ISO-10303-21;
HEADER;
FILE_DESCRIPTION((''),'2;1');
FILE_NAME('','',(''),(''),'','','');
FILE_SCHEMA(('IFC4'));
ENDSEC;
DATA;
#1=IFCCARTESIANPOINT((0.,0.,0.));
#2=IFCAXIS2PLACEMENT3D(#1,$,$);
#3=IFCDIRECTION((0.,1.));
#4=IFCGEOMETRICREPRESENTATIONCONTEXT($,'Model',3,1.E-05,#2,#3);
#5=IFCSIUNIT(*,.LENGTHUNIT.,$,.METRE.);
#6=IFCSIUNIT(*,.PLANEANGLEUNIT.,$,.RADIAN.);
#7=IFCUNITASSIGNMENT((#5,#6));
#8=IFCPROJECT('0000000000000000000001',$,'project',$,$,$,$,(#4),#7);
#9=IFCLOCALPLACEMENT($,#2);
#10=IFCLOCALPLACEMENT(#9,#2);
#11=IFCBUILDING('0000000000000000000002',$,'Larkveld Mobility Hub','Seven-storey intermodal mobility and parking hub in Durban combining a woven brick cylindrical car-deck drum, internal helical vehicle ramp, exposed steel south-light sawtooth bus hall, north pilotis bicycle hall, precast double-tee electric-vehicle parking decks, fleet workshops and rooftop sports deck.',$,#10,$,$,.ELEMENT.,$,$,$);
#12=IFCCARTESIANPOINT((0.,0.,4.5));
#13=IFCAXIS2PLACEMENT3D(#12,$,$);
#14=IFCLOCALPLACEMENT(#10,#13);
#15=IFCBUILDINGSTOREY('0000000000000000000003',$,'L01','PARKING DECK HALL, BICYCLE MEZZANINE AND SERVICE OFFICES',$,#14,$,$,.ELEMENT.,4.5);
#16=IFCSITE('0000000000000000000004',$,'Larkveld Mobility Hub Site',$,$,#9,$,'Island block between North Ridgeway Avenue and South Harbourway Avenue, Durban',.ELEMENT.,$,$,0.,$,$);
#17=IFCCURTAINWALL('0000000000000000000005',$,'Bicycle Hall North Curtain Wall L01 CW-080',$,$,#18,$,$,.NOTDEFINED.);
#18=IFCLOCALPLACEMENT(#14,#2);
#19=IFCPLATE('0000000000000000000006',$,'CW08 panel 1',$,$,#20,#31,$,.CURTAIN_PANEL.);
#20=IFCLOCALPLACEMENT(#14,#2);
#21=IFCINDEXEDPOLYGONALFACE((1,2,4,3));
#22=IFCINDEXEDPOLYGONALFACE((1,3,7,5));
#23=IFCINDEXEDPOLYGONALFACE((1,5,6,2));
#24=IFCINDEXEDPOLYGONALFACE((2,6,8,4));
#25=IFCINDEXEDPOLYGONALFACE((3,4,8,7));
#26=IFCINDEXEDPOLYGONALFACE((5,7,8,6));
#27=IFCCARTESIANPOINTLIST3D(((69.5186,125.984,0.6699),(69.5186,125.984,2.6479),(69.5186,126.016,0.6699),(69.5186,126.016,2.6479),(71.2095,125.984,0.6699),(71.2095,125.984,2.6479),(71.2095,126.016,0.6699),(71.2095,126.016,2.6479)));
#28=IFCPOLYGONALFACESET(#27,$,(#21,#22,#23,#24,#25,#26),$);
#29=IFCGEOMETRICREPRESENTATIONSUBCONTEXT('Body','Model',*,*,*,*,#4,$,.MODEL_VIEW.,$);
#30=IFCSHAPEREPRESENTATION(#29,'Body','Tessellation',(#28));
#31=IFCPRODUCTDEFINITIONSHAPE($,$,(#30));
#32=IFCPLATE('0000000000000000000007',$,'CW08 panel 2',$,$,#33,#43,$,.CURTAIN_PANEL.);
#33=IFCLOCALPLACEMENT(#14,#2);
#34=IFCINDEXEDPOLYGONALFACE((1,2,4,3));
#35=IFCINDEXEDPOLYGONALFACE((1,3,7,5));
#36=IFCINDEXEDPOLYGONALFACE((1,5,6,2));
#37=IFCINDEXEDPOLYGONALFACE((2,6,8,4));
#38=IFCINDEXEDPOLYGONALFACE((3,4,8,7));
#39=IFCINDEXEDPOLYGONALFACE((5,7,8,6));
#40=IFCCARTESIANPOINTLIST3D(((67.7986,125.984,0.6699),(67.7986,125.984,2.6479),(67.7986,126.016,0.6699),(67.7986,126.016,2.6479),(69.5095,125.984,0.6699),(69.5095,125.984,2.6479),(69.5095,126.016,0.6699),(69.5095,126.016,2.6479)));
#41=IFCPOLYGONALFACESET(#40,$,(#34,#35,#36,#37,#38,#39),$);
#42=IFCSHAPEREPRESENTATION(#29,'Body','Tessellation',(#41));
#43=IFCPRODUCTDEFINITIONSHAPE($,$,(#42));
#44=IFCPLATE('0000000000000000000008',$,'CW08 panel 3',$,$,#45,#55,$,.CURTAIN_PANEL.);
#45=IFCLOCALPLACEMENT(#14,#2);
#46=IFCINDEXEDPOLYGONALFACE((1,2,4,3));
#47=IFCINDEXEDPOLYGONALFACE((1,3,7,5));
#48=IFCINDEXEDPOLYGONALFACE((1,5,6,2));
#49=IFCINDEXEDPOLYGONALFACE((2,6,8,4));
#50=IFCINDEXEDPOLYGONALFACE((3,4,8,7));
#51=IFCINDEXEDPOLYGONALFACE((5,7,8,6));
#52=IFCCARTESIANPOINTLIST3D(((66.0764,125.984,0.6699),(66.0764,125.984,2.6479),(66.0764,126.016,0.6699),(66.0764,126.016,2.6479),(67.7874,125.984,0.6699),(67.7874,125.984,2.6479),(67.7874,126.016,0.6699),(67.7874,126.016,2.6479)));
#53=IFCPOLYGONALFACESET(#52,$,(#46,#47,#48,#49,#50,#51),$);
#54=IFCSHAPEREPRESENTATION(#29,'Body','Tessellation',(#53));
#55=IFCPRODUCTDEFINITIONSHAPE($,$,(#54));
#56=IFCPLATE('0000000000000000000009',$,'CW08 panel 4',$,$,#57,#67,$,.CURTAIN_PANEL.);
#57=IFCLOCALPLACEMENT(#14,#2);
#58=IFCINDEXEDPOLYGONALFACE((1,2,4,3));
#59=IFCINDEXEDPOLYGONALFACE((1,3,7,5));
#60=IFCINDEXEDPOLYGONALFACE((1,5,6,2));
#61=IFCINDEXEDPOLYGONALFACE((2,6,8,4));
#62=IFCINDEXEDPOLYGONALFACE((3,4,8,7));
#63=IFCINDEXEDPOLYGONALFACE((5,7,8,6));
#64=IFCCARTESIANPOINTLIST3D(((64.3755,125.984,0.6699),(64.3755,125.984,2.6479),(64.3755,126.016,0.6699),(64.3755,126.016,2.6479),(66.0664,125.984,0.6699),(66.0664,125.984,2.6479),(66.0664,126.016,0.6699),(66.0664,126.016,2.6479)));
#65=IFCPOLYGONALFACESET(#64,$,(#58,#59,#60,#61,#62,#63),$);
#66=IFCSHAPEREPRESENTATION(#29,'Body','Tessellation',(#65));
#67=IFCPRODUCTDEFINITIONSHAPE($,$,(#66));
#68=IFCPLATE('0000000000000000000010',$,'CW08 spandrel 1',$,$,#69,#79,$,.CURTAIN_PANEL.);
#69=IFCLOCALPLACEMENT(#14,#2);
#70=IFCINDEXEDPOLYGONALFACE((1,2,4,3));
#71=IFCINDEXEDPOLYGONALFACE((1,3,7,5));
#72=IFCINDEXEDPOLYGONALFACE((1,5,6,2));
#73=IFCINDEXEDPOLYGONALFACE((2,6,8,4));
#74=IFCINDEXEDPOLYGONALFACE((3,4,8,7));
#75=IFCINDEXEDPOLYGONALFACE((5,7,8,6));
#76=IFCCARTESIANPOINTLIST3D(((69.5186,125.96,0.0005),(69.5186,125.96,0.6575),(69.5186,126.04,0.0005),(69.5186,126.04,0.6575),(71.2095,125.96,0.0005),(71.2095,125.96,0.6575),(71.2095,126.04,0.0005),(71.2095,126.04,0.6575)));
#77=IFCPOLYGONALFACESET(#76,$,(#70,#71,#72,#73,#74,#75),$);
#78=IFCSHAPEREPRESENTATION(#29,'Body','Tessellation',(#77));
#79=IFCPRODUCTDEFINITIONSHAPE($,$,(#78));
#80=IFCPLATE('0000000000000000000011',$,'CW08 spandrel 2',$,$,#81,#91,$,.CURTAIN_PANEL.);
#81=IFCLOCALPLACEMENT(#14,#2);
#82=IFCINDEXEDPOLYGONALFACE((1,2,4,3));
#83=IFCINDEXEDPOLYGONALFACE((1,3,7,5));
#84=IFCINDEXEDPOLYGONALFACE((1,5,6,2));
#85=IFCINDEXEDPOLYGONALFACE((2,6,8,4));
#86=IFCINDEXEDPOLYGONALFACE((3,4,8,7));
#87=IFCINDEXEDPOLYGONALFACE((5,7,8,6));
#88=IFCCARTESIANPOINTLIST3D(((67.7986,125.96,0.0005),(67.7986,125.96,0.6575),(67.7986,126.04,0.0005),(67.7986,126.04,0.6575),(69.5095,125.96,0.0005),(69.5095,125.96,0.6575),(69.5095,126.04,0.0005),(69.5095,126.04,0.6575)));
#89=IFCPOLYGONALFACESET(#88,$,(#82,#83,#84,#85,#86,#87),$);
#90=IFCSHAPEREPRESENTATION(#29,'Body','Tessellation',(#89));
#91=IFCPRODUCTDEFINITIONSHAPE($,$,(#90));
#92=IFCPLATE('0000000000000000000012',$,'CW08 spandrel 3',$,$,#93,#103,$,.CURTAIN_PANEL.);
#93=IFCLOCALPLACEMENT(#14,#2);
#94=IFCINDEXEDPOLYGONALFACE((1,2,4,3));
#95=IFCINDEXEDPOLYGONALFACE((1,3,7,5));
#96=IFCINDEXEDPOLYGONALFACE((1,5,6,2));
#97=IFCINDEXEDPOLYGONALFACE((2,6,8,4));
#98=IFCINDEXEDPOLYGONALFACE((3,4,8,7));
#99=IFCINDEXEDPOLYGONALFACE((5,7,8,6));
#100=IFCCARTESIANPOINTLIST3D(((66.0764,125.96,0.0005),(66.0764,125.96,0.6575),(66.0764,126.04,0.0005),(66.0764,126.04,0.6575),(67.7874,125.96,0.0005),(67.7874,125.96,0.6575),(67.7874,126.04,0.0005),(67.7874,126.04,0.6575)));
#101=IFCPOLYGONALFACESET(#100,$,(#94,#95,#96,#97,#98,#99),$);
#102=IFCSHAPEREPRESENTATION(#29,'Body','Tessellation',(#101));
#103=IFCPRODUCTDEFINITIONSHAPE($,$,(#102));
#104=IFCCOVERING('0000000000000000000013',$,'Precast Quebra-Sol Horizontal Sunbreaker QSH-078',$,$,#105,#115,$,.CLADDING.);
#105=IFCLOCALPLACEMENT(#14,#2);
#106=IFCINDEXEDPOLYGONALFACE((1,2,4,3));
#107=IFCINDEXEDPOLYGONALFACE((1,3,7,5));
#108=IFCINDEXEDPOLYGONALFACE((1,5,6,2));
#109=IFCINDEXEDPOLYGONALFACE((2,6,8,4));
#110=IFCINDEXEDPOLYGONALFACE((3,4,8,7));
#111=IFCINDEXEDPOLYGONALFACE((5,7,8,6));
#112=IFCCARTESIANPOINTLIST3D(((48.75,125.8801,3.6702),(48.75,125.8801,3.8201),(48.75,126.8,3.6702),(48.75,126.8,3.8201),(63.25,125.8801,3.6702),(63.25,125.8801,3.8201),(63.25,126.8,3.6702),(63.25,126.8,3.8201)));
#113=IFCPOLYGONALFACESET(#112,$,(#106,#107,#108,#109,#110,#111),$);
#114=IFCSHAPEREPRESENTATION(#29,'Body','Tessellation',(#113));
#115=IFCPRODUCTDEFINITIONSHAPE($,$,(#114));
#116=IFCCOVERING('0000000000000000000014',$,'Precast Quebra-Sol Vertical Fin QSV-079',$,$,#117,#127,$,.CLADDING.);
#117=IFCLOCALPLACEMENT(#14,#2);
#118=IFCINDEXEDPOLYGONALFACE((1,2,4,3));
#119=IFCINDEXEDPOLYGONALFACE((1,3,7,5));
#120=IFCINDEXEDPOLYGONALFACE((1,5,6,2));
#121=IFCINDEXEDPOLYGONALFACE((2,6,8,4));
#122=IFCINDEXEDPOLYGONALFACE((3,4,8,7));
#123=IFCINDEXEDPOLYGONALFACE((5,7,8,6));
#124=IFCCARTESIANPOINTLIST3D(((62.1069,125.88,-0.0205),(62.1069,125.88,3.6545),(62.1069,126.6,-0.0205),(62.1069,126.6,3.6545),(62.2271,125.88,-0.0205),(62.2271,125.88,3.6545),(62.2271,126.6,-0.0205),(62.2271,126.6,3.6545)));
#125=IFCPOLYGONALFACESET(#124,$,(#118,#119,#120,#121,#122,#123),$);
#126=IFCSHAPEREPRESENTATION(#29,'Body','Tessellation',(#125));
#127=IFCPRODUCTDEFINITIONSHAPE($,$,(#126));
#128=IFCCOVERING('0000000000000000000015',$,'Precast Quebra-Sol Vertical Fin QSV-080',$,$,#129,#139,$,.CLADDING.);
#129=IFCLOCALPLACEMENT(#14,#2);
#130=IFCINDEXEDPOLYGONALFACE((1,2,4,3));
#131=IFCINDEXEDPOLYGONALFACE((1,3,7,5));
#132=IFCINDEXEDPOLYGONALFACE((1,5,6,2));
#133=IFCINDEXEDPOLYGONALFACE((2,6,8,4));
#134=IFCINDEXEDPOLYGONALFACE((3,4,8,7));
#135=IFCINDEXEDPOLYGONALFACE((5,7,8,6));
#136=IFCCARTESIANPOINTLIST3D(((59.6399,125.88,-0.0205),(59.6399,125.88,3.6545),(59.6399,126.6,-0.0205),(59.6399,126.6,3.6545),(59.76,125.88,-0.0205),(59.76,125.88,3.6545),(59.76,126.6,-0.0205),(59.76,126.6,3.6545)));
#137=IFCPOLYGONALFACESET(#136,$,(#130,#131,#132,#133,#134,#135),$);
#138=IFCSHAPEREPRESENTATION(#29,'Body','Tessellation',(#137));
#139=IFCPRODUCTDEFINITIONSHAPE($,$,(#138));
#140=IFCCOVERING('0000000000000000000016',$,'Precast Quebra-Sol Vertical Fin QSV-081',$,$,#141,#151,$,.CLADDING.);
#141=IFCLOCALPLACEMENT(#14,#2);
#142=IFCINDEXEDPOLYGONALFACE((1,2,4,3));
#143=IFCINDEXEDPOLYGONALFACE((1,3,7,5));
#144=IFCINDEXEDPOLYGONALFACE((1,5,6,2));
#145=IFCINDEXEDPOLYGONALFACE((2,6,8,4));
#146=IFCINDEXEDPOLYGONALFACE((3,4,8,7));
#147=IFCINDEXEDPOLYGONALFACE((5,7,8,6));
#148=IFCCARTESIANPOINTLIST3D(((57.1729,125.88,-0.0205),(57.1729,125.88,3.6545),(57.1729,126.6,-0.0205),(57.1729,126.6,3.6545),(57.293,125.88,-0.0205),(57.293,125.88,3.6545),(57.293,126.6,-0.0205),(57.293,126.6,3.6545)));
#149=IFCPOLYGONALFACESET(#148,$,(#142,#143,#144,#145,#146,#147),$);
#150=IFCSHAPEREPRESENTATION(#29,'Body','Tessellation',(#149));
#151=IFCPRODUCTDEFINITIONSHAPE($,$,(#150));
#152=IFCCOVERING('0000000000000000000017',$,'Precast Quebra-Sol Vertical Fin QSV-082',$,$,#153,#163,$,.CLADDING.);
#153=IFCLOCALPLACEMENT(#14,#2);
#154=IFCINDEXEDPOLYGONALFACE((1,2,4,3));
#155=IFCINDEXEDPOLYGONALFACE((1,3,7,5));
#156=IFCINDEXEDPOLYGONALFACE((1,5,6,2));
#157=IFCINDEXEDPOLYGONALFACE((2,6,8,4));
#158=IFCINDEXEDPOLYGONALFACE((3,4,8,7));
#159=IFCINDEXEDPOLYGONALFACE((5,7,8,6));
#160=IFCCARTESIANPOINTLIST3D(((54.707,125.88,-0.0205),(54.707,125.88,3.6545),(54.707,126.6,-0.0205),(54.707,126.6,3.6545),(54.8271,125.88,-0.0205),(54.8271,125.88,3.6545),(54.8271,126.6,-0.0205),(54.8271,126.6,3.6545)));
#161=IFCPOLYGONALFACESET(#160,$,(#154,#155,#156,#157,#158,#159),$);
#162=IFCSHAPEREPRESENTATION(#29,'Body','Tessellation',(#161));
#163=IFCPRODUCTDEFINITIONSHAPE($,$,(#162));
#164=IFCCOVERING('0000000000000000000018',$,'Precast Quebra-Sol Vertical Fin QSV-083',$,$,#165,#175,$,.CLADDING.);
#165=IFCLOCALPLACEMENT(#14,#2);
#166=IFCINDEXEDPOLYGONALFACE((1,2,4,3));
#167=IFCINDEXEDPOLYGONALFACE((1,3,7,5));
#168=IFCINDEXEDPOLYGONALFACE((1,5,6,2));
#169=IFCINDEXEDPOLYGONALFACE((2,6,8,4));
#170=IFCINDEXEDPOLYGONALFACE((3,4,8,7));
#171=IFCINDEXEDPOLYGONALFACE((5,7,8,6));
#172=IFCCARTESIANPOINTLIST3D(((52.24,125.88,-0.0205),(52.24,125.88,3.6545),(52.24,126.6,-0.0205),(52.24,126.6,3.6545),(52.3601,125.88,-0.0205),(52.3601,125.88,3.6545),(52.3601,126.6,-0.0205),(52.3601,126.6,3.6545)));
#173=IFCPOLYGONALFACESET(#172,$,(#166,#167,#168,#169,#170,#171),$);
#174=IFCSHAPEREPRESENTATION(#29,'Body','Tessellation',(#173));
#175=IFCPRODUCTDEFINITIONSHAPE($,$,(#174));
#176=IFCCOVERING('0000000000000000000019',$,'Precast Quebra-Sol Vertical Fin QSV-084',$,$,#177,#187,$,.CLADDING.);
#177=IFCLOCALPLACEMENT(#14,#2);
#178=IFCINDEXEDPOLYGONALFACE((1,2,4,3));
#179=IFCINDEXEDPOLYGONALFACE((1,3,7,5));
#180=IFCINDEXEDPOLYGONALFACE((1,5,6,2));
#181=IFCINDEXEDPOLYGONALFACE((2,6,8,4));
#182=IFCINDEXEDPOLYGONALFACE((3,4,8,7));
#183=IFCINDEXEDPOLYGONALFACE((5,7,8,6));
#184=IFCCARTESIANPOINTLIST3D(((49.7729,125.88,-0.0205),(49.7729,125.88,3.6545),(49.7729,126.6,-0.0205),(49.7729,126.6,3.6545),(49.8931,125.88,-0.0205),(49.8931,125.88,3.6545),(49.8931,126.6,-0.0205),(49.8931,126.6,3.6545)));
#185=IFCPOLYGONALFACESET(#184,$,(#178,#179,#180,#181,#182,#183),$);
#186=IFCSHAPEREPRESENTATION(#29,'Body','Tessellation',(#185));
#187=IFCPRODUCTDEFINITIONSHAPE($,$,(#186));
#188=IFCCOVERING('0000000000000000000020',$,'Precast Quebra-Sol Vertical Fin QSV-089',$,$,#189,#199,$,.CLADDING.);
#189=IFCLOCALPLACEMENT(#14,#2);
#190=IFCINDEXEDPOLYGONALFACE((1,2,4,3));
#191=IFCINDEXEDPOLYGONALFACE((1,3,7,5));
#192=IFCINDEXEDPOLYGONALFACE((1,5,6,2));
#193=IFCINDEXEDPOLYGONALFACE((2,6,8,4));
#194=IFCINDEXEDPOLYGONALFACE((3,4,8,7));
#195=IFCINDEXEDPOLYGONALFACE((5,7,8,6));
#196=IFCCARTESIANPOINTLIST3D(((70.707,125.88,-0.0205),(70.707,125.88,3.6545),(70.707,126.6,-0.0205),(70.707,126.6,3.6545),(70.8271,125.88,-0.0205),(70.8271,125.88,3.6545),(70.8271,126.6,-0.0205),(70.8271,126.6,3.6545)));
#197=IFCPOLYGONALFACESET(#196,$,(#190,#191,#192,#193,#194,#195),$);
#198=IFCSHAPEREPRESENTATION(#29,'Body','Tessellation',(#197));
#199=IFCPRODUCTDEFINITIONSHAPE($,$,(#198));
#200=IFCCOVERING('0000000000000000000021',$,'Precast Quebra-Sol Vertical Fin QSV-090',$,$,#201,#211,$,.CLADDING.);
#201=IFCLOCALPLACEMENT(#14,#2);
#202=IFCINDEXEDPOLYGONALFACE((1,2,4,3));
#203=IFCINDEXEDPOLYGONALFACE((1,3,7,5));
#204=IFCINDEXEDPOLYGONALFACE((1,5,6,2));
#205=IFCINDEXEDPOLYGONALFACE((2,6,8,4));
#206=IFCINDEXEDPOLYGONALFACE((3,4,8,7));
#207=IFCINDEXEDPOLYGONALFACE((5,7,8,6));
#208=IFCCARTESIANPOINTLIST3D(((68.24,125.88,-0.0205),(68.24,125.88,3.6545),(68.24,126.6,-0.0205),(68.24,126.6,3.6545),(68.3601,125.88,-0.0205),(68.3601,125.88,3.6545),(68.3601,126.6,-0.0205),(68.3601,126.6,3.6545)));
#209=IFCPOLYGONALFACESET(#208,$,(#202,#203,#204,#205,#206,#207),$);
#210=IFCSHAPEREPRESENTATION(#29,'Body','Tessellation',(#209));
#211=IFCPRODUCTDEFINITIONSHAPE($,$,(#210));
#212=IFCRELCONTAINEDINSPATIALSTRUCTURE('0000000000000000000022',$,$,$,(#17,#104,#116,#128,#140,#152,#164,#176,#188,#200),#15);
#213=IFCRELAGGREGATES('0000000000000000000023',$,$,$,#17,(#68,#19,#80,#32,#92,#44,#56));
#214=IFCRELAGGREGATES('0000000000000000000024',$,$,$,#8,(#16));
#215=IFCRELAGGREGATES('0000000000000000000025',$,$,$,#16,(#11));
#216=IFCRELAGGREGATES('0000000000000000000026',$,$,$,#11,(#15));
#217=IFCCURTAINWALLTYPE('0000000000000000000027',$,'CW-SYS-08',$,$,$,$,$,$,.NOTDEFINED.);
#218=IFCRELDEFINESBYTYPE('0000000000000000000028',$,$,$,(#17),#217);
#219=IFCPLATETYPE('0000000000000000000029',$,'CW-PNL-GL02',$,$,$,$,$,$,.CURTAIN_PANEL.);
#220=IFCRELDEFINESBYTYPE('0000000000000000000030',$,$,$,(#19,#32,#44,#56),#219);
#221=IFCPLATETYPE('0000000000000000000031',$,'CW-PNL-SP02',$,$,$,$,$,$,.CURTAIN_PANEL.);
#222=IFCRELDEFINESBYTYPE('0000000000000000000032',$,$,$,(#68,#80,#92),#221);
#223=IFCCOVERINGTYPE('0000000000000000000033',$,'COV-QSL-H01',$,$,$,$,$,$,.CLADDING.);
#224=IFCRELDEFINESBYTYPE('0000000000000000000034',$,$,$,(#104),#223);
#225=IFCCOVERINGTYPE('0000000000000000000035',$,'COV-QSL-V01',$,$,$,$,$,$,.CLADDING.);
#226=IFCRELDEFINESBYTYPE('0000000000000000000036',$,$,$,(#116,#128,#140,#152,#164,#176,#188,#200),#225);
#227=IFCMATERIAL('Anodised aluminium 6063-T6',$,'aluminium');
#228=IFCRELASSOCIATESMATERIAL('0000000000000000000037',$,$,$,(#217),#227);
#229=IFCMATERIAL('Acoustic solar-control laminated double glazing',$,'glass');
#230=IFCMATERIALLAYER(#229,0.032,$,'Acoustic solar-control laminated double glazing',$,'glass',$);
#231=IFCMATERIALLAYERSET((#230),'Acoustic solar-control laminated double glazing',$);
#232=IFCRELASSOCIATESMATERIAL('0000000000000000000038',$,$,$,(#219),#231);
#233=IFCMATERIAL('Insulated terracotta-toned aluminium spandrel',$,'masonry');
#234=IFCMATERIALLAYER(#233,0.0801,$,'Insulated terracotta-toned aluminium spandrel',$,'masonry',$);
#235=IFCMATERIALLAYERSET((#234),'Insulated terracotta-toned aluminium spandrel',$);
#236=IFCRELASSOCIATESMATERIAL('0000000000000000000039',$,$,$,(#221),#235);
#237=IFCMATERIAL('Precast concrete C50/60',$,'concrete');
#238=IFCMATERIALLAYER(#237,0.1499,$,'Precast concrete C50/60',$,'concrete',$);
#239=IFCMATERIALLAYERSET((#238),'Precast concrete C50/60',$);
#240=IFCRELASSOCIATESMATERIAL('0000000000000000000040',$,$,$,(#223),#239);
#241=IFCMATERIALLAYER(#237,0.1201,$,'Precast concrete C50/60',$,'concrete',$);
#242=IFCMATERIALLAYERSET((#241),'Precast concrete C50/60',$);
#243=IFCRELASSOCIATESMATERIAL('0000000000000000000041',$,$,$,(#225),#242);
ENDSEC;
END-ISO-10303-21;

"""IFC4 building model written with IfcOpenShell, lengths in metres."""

from ifc_helpers import new_model, si_unit, direction, frame, origin, origin_2d, place, context, subcontext, project, spatial, rectangle, extrude, material, layer, layer_set, type_object, element, aggregate, save


model = new_model("IFC4")

# Units and contexts
model_context = context("Model", 3, precision=1e-05, world=origin(), true_north=direction((0.0, 1.0)))
body_context = subcontext(model_context, "Body", "Model", "MODEL_VIEW")
ifc_project = project(units=[si_unit("LENGTHUNIT", "METRE"), si_unit("PLANEANGLEUNIT", "RADIAN")], contexts=[model_context])

# Site, building, storey
site_placement = place(None, origin())
site = spatial("IfcSite", under=ifc_project, at=site_placement, Name="Larkveld Mobility Hub Site", LongName="Island block between North Ridgeway Avenue and South Harbourway Avenue, Durban", CompositionType="ELEMENT", RefElevation=0.0)
building_placement = place(site_placement, origin())
building = spatial("IfcBuilding", under=site, at=building_placement, Name="Larkveld Mobility Hub", Description="Seven-storey intermodal mobility and parking hub in Durban combining a woven brick cylindrical car-deck drum, internal helical vehicle ramp, exposed steel south-light sawtooth bus hall, north pilotis bicycle hall, precast double-tee electric-vehicle parking decks, fleet workshops and rooftop sports deck.", CompositionType="ELEMENT")
storey_placement = place(building_placement, frame((0.0, 0.0, 4.5)))
storey = spatial("IfcBuildingStorey", under=building, at=storey_placement, Name="L01", Description="PARKING DECK HALL, BICYCLE MEZZANINE AND SERVICE OFFICES", CompositionType="ELEMENT", Elevation=4.5)

# Curtain wall, plates
ifc_material_1 = material(Name="Anodised aluminium 6063-T6", Category="aluminium")
curtain_wall_type = type_object("IfcCurtainWallType", Name="CW-SYS-08", PredefinedType="NOTDEFINED", material=ifc_material_1)
curtain_wall_placement = place(storey_placement, origin())
curtain_wall = element("IfcCurtainWall", 1, at=curtain_wall_placement, inside=storey, type_object=curtain_wall_type, Name="Bicycle Hall North Curtain Wall L01 CW-080", PredefinedType="NOTDEFINED")
ifc_material_2 = material(Name="Acoustic solar-control laminated double glazing", Category="glass")
ifc_layer_1 = layer(ifc_material_2, 0.032, Name="Acoustic solar-control laminated double glazing", Category="glass")
ifc_layer_set_1 = layer_set([ifc_layer_1], Name="Acoustic solar-control laminated double glazing")
plate_type_1 = type_object("IfcPlateType", Name="CW-PNL-GL02", PredefinedType="CURTAIN_PANEL", material=ifc_layer_set_1)
plate_1_placement = place(storey_placement, frame((70.364, 126.0, 0.6699), z_axis=(0.0, 0.0, 1.0), x_axis=(-1.0, 0.0, 0.0)))
plate_1 = element("IfcPlate", 2, at=plate_1_placement, type_object=plate_type_1, Name="CW08 panel 1", PredefinedType="CURTAIN_PANEL", context=body_context, shape_type="SweptSolid", body=[
    extrude(rectangle(XDim=1.6909, YDim=0.032, at=origin_2d()), origin(), (0.0, 0.0, 1.0), 1.978),
])
plate_2_placement = place(storey_placement, frame((68.6541, 126.0, 0.6699), z_axis=(0.0, 0.0, 1.0), x_axis=(-1.0, 0.0, 0.0)))
plate_2 = element("IfcPlate", 3, at=plate_2_placement, type_object=plate_type_1, Name="CW08 panel 2", PredefinedType="CURTAIN_PANEL", context=body_context, shape_type="SweptSolid", body=[
    extrude(rectangle(XDim=1.7109, YDim=0.032, at=origin_2d()), origin(), (0.0, 0.0, 1.0), 1.978),
])
plate_3_placement = place(storey_placement, frame((66.9319, 126.0, 0.6699), z_axis=(0.0, 0.0, 1.0), x_axis=(-1.0, 0.0, 0.0)))
plate_3 = element("IfcPlate", 4, at=plate_3_placement, type_object=plate_type_1, Name="CW08 panel 3", PredefinedType="CURTAIN_PANEL", context=body_context, shape_type="SweptSolid", body=[
    extrude(rectangle(XDim=1.7109, YDim=0.032, at=origin_2d()), origin(), (0.0, 0.0, 1.0), 1.978),
])
plate_4_placement = place(storey_placement, frame((65.2209, 126.0, 0.6699), z_axis=(0.0, 0.0, 1.0), x_axis=(-1.0, 0.0, 0.0)))
plate_4 = element("IfcPlate", 5, at=plate_4_placement, type_object=plate_type_1, Name="CW08 panel 4", PredefinedType="CURTAIN_PANEL", context=body_context, shape_type="SweptSolid", body=[
    extrude(rectangle(XDim=1.6909, YDim=0.032, at=origin_2d()), origin(), (0.0, 0.0, 1.0), 1.978),
])
ifc_material_3 = material(Name="Insulated terracotta-toned aluminium spandrel", Category="masonry")
ifc_layer_2 = layer(ifc_material_3, 0.0801, Name="Insulated terracotta-toned aluminium spandrel", Category="masonry")
ifc_layer_set_2 = layer_set([ifc_layer_2], Name="Insulated terracotta-toned aluminium spandrel")
plate_type_2 = type_object("IfcPlateType", Name="CW-PNL-SP02", PredefinedType="CURTAIN_PANEL", material=ifc_layer_set_2)
plate_5_placement = place(storey_placement, frame((70.364, 126.0, 0.0005), z_axis=(0.0, 0.0, 1.0), x_axis=(-1.0, 0.0, 0.0)))
plate_5 = element("IfcPlate", 6, at=plate_5_placement, type_object=plate_type_2, Name="CW08 spandrel 1", PredefinedType="CURTAIN_PANEL", context=body_context, shape_type="SweptSolid", body=[
    extrude(rectangle(XDim=1.6909, YDim=0.0801, at=origin_2d()), origin(), (0.0, 0.0, 1.0), 0.657),
])
plate_6_placement = place(storey_placement, frame((68.6541, 126.0, 0.0005), z_axis=(0.0, 0.0, 1.0), x_axis=(-1.0, 0.0, 0.0)))
plate_6 = element("IfcPlate", 7, at=plate_6_placement, type_object=plate_type_2, Name="CW08 spandrel 2", PredefinedType="CURTAIN_PANEL", context=body_context, shape_type="SweptSolid", body=[
    extrude(rectangle(XDim=1.7109, YDim=0.0801, at=origin_2d()), origin(), (0.0, 0.0, 1.0), 0.657),
])
plate_7_placement = place(storey_placement, frame((66.9319, 126.0, 0.0005), z_axis=(0.0, 0.0, 1.0), x_axis=(-1.0, 0.0, 0.0)))
plate_7 = element("IfcPlate", 8, at=plate_7_placement, type_object=plate_type_2, Name="CW08 spandrel 3", PredefinedType="CURTAIN_PANEL", context=body_context, shape_type="SweptSolid", body=[
    extrude(rectangle(XDim=1.7109, YDim=0.0801, at=origin_2d()), origin(), (0.0, 0.0, 1.0), 0.657),
])
aggregate(curtain_wall, [plate_5, plate_1, plate_6, plate_2, plate_7, plate_3, plate_4])

# Coverings
ifc_material_4 = material(Name="Precast concrete C50/60", Category="concrete")
ifc_layer_3 = layer(ifc_material_4, 0.1499, Name="Precast concrete C50/60", Category="concrete")
ifc_layer_set_3 = layer_set([ifc_layer_3], Name="Precast concrete C50/60")
covering_type_1 = type_object("IfcCoveringType", Name="COV-QSL-H01", PredefinedType="CLADDING", material=ifc_layer_set_3)
covering_placement = place(storey_placement, frame((56.0, 126.3401, 3.6702), z_axis=(0.0, 0.0, 1.0), x_axis=(-1.0, 0.0, 0.0)))
element("IfcCovering", 9, at=covering_placement, inside=storey, type_object=covering_type_1, Name="Precast Quebra-Sol Horizontal Sunbreaker QSH-078", PredefinedType="CLADDING", context=body_context, shape_type="SweptSolid", body=[
    extrude(rectangle(XDim=14.5, YDim=0.9199, at=origin_2d()), origin(), (0.0, 0.0, 1.0), 0.1499),
])
ifc_layer_4 = layer(ifc_material_4, 0.1201, Name="Precast concrete C50/60", Category="concrete")
ifc_layer_set_4 = layer_set([ifc_layer_4], Name="Precast concrete C50/60")
covering_type_2 = type_object("IfcCoveringType", Name="COV-QSL-V01", PredefinedType="CLADDING", material=ifc_layer_set_4)
for number, where, z_axis, x_axis, name in (
    (10, (62.167, 126.24, -0.0205), (0.0, 0.0, 1.0), (-1.0, 0.0, 0.0), "Precast Quebra-Sol Vertical Fin QSV-079"),
    (11, (59.7, 126.24, -0.0205), (0.0, 0.0, 1.0), (-1.0, 0.0, 0.0), "Precast Quebra-Sol Vertical Fin QSV-080"),
    (12, (57.2329, 126.24, -0.0205), (0.0, 0.0, 1.0), (-1.0, 0.0, 0.0), "Precast Quebra-Sol Vertical Fin QSV-081"),
    (13, (54.7671, 126.24, -0.0205), (0.0, 0.0, 1.0), (-1.0, 0.0, 0.0), "Precast Quebra-Sol Vertical Fin QSV-082"),
    (14, (52.3, 126.24, -0.0205), (0.0, 0.0, 1.0), (-1.0, 0.0, 0.0), "Precast Quebra-Sol Vertical Fin QSV-083"),
    (15, (49.833, 126.24, -0.0205), (0.0, 0.0, 1.0), (-1.0, 0.0, 0.0), "Precast Quebra-Sol Vertical Fin QSV-084"),
    (16, (70.7671, 126.24, -0.0205), (0.0, 0.0, 1.0), (-1.0, 0.0, 0.0), "Precast Quebra-Sol Vertical Fin QSV-089"),
    (17, (68.3, 126.24, -0.0205), (0.0, 0.0, 1.0), (-1.0, 0.0, 0.0), "Precast Quebra-Sol Vertical Fin QSV-090"),
):
    element("IfcCovering", number, at=place(storey_placement, frame(where, z_axis=z_axis, x_axis=x_axis)), inside=storey, type_object=covering_type_2, Name=name, PredefinedType="CLADDING", context=body_context, shape_type="SweptSolid", body=[
        extrude(rectangle(XDim=0.1201, YDim=0.72, at=origin_2d()), origin(), (0.0, 0.0, 1.0), 3.675),
    ])

save(model, "model.ifc")
